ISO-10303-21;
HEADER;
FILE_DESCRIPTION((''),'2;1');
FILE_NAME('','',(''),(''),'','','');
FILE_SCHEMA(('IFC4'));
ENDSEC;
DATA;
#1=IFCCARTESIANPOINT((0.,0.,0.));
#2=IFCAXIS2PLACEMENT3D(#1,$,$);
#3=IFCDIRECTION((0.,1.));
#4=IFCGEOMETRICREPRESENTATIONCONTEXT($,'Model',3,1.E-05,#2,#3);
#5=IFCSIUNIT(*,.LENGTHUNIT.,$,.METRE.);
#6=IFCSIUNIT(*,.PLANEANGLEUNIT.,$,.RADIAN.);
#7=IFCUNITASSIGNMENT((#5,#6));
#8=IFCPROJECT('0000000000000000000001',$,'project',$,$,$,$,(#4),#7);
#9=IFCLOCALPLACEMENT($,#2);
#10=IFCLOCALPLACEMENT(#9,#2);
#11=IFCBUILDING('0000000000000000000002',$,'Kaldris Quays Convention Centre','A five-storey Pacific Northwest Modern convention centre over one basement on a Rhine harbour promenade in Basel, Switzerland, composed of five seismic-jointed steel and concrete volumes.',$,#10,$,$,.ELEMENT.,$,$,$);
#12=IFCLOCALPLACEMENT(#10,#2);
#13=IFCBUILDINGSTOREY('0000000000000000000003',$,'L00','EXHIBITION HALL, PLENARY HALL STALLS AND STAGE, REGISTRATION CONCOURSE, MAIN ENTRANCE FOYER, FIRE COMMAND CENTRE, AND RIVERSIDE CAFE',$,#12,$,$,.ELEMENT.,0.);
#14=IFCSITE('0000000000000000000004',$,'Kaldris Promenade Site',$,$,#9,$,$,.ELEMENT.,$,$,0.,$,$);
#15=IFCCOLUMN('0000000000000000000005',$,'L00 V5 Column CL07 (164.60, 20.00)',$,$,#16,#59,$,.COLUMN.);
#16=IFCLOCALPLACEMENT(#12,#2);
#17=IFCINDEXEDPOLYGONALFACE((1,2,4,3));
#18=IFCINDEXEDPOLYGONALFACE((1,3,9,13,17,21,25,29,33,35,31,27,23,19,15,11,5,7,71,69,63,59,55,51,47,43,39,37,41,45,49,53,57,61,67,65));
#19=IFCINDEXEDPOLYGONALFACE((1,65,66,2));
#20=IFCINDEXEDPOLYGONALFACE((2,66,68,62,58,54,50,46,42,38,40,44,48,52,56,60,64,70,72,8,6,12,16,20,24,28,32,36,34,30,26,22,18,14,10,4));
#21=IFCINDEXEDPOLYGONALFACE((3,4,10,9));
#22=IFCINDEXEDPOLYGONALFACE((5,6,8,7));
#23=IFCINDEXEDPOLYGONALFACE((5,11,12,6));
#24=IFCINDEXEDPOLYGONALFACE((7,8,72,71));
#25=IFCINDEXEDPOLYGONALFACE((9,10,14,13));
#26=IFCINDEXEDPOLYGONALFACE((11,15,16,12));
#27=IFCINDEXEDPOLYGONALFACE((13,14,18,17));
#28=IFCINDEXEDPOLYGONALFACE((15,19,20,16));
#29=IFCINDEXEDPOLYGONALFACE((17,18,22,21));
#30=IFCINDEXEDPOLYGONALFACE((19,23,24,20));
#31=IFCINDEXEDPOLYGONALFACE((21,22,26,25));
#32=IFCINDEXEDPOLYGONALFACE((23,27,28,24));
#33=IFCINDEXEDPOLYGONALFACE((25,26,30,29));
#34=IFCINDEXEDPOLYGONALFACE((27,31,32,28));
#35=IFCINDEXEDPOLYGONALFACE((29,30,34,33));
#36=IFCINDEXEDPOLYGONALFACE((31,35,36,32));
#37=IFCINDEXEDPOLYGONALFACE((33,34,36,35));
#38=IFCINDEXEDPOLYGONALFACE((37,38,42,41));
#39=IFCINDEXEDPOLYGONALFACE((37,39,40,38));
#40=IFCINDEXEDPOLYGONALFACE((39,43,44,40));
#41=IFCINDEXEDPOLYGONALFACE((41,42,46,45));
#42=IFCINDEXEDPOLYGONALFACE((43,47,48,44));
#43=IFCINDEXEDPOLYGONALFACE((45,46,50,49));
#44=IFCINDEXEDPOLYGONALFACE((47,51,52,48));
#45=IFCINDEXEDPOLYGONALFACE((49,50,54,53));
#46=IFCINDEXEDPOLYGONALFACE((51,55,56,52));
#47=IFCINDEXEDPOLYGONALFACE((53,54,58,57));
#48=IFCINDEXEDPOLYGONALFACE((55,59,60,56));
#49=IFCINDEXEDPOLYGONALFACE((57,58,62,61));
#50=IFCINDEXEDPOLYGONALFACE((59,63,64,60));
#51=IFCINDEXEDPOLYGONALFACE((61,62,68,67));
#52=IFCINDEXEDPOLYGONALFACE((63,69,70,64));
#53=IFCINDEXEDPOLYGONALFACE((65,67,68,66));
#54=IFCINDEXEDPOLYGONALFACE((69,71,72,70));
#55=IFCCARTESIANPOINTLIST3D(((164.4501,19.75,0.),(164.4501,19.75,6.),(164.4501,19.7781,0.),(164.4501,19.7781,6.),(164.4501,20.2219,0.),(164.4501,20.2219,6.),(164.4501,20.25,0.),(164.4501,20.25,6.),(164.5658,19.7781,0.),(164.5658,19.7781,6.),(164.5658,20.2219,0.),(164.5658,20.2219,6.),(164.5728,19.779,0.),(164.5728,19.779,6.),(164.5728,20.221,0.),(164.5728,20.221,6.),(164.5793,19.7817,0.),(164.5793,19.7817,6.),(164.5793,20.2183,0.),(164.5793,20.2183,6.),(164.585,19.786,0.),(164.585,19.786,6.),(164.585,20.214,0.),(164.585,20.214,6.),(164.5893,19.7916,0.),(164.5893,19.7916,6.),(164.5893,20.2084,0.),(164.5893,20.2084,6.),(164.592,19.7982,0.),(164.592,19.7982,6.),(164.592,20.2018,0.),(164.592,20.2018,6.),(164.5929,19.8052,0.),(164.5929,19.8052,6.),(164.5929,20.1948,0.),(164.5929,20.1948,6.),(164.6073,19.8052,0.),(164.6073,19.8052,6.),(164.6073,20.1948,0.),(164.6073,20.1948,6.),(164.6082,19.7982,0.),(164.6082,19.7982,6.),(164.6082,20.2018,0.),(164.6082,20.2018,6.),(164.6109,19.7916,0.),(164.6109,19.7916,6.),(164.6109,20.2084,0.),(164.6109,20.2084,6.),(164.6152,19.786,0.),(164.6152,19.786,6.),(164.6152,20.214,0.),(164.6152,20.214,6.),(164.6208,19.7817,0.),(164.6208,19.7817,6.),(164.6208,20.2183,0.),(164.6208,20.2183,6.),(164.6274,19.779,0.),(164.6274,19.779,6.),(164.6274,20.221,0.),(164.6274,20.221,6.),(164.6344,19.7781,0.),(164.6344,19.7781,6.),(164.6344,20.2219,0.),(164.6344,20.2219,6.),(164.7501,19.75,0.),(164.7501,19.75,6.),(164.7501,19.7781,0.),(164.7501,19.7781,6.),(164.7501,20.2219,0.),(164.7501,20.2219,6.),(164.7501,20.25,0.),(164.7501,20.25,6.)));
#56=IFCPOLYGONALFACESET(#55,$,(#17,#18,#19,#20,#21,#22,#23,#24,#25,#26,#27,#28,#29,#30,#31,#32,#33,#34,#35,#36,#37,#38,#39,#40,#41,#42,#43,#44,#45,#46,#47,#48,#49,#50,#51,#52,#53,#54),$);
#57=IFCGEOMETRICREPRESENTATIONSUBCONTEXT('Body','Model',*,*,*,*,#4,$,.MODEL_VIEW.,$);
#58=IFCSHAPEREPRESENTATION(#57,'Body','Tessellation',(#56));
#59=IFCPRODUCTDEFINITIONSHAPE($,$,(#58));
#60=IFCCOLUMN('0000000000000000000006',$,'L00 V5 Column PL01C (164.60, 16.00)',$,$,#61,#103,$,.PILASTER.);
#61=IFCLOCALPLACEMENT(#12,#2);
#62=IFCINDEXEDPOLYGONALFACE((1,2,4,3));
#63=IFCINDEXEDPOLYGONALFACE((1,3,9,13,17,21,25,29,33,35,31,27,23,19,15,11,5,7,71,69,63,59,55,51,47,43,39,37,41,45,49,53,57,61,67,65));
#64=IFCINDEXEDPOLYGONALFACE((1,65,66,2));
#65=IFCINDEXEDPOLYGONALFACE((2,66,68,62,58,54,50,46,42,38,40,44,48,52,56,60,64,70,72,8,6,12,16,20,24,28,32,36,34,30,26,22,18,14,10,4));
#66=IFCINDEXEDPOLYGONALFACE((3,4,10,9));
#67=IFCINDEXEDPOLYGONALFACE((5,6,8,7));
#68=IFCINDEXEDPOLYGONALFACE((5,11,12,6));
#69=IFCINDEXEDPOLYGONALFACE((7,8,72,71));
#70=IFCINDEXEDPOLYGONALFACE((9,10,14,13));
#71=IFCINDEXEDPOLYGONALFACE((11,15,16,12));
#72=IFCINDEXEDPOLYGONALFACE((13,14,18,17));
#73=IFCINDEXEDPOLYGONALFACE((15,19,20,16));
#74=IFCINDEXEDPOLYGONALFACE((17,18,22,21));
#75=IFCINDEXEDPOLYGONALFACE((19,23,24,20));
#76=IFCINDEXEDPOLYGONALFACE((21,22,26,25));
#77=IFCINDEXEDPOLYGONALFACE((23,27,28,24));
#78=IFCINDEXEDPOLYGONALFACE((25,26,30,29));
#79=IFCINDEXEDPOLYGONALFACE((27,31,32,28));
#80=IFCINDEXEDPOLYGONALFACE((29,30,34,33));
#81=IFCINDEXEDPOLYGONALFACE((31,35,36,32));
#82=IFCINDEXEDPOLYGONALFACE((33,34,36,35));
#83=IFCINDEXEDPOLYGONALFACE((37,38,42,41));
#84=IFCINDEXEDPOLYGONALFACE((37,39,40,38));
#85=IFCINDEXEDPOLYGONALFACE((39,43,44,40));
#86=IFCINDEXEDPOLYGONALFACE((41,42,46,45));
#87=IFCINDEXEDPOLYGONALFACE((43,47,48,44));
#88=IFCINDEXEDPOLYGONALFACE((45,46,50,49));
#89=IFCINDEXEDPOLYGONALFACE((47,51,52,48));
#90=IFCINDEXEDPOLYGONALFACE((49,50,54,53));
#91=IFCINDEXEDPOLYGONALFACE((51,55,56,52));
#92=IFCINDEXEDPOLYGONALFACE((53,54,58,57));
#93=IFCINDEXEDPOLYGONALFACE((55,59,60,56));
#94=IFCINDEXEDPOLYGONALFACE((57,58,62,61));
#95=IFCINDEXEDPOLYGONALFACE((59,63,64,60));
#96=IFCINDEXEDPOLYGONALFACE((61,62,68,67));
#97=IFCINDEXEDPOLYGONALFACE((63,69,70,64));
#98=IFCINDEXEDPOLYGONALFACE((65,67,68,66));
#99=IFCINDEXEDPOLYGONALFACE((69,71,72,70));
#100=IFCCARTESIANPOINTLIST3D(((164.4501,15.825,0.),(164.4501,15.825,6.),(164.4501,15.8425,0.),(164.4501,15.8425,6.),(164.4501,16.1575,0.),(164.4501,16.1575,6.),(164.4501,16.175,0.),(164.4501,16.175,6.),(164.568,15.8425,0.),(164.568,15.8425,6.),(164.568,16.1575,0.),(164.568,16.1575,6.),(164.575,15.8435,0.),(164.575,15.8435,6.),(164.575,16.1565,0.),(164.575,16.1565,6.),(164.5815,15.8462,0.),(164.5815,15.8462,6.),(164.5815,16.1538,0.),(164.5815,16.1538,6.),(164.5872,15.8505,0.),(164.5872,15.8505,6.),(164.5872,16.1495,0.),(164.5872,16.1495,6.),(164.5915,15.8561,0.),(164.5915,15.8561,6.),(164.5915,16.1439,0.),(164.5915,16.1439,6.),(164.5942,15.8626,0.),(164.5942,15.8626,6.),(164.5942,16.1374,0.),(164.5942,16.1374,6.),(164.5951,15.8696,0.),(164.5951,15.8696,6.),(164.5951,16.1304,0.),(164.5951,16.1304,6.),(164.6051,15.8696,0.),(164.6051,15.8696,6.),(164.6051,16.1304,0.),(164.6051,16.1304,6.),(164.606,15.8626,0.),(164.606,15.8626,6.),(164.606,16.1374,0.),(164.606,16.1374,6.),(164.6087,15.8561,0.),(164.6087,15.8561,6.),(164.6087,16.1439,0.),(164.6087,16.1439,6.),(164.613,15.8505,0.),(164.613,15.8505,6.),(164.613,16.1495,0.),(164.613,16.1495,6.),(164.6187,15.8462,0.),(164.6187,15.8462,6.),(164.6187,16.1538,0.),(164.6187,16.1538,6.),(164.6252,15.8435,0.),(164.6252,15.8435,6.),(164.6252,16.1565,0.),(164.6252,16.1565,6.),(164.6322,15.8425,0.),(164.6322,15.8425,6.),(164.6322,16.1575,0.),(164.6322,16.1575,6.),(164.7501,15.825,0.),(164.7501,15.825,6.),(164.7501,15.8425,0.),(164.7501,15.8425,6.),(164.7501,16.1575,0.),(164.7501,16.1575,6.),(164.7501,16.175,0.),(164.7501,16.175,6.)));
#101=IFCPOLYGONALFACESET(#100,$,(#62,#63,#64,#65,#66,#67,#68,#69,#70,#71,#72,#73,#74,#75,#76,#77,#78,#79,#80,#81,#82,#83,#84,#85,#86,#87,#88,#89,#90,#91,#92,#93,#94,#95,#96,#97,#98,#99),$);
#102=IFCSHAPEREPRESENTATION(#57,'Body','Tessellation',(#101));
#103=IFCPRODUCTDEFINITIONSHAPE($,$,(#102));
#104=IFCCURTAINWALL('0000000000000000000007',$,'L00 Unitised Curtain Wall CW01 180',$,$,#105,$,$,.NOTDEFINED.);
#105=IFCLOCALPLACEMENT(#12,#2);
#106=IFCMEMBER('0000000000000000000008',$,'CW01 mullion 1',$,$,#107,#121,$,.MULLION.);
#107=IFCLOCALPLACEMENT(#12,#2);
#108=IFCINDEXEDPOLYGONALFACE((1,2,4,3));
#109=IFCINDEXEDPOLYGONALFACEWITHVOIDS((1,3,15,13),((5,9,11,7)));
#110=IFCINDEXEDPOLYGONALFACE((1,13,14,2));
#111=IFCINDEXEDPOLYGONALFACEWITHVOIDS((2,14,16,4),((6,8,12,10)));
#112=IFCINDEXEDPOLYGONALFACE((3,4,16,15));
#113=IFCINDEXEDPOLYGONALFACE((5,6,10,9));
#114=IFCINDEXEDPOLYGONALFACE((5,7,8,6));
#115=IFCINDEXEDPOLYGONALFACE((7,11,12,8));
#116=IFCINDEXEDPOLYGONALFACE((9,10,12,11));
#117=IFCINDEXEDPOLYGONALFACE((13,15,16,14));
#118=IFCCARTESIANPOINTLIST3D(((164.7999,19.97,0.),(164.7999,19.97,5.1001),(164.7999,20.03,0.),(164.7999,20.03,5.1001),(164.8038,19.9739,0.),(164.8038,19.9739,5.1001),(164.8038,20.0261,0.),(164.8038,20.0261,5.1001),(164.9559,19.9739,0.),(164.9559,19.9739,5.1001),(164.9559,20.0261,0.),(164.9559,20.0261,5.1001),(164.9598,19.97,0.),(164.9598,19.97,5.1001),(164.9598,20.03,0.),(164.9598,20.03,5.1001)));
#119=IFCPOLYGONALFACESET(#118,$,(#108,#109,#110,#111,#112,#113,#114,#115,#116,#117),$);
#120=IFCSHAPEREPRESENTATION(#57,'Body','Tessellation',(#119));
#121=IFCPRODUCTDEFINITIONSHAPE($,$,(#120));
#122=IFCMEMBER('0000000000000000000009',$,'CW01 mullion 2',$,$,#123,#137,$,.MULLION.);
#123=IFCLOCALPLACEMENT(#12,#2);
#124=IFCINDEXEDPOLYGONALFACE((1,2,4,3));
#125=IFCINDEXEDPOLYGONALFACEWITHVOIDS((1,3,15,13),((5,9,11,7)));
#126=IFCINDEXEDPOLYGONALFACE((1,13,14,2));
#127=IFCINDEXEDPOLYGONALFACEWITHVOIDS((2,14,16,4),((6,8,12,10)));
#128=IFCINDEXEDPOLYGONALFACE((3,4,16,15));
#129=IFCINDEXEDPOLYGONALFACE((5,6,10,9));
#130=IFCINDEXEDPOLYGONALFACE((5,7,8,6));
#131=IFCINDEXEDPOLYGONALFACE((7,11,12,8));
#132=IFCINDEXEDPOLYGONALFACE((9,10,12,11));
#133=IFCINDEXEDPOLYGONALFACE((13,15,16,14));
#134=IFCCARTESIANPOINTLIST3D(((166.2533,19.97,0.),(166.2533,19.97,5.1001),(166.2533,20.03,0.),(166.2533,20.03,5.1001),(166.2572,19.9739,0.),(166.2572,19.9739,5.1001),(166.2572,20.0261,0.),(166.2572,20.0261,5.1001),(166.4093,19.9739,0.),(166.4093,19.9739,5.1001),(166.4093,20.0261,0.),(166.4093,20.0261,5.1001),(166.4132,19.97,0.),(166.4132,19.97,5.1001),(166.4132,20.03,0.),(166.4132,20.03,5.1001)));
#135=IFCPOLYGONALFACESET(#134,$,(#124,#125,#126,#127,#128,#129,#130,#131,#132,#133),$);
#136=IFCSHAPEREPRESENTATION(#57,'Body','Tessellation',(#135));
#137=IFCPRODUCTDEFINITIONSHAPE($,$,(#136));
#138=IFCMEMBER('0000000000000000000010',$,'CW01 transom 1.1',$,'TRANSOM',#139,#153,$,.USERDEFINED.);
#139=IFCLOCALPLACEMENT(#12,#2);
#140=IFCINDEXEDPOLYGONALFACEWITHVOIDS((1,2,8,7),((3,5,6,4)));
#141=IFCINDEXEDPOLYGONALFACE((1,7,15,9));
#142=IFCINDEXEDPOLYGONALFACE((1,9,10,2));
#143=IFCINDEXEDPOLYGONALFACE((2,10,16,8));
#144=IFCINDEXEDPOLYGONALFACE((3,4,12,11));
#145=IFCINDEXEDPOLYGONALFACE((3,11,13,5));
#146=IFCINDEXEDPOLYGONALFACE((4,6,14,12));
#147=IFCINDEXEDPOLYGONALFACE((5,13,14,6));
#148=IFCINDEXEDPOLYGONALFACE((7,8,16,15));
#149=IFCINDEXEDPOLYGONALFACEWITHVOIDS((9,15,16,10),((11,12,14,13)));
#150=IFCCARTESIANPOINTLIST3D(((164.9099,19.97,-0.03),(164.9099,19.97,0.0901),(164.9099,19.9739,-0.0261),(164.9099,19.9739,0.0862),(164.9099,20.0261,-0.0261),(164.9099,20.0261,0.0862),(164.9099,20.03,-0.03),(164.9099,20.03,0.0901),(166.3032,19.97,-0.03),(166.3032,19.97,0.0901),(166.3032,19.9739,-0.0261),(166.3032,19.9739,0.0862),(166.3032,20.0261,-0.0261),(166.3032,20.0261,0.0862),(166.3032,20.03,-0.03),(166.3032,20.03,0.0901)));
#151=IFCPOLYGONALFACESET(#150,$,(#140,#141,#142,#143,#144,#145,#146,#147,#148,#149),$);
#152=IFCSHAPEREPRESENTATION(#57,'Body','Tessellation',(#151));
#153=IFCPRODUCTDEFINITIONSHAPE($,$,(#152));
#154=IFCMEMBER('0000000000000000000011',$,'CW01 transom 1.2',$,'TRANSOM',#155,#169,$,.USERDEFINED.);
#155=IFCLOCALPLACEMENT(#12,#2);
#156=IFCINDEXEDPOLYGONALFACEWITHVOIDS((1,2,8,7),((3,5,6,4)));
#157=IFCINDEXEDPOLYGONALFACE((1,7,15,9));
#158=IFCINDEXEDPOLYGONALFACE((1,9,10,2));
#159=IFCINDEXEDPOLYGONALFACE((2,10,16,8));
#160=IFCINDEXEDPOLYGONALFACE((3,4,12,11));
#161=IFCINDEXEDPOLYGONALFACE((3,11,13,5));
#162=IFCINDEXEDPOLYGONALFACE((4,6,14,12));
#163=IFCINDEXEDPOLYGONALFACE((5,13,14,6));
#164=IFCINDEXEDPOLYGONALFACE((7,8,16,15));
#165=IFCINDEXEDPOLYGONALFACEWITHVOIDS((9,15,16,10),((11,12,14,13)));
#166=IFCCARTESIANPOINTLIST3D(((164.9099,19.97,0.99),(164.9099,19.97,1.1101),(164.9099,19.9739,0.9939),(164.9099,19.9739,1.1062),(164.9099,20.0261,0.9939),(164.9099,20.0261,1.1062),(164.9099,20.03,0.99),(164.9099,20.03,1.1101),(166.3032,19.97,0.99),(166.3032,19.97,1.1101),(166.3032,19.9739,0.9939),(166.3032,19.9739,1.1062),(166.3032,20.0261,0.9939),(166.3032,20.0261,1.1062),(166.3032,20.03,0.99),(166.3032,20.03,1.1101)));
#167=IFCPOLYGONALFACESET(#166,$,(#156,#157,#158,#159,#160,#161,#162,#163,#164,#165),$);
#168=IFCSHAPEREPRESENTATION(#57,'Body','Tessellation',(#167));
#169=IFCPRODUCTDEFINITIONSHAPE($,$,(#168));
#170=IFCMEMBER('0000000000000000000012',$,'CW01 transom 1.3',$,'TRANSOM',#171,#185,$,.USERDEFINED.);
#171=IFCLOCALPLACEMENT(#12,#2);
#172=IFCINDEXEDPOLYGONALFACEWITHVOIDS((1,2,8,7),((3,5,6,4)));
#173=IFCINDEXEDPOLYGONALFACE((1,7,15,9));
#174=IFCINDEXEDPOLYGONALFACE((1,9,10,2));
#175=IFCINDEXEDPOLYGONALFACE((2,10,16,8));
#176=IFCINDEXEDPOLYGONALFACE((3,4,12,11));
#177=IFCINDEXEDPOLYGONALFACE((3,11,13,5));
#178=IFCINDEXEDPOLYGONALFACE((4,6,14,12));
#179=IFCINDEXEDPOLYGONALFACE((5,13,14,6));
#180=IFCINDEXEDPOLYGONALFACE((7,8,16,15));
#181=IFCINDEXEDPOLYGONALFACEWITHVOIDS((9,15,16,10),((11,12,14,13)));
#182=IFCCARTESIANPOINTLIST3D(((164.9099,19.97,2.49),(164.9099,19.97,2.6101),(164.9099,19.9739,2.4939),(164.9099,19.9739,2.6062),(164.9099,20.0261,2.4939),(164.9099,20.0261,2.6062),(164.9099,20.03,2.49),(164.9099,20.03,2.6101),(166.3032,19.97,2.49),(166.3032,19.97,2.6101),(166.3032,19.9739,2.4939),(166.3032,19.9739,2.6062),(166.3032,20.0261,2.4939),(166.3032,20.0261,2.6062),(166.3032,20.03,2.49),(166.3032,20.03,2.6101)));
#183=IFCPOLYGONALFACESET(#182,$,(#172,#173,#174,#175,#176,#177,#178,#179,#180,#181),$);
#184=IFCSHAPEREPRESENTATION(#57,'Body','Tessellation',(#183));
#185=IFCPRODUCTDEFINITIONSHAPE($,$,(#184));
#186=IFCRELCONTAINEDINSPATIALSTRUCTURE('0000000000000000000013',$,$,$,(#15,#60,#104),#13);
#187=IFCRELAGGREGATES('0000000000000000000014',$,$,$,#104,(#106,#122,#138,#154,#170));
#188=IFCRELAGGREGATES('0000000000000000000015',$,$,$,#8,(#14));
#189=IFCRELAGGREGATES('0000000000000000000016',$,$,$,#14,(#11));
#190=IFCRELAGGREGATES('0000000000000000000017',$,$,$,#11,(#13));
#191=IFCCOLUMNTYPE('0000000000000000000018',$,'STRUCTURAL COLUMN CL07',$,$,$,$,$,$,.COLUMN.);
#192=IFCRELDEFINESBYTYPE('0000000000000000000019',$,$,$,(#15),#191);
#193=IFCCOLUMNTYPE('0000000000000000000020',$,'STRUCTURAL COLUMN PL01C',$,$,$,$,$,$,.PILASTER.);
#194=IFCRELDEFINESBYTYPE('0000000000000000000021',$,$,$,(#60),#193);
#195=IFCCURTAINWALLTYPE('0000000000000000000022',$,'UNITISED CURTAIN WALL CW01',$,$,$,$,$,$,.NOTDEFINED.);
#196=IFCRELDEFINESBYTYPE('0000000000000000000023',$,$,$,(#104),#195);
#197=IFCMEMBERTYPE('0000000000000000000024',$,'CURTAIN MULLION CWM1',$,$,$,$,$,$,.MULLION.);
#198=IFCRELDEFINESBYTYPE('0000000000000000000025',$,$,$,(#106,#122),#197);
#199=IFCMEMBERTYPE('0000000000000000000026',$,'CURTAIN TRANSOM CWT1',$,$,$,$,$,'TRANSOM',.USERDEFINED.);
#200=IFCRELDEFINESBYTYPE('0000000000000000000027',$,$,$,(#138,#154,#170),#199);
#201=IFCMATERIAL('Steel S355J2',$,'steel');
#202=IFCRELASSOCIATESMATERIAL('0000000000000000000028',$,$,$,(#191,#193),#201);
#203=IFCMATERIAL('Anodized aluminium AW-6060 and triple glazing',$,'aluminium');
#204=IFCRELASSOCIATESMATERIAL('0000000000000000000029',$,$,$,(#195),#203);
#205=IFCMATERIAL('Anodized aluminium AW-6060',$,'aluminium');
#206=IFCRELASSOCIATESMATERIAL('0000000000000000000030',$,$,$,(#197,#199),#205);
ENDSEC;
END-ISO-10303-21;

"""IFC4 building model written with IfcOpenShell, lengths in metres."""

from ifc_helpers import new_model, si_unit, direction, frame, origin, origin_2d, place, context, subcontext, project, spatial, hollow_rectangle, i_section, extrude, material, material_profile, profile_set, type_object, element, aggregate, save


model = new_model("IFC4")

# Units and contexts
model_context = context("Model", 3, precision=1e-05, world=origin(), true_north=direction((0.0, 1.0)))
body_context = subcontext(model_context, "Body", "Model", "MODEL_VIEW")
ifc_project = project(units=[si_unit("LENGTHUNIT", "METRE"), si_unit("PLANEANGLEUNIT", "RADIAN")], contexts=[model_context])

# Site, building, storey
site_placement = place(None, origin())
site = spatial("IfcSite", under=ifc_project, at=site_placement, Name="Kaldris Promenade Site", CompositionType="ELEMENT", RefElevation=0.0)
building_placement = place(site_placement, origin())
building = spatial("IfcBuilding", under=site, at=building_placement, Name="Kaldris Quays Convention Centre", Description="A five-storey Pacific Northwest Modern convention centre over one basement on a Rhine harbour promenade in Basel, Switzerland, composed of five seismic-jointed steel and concrete volumes.", CompositionType="ELEMENT")
storey_placement = place(building_placement, origin())
storey = spatial("IfcBuildingStorey", under=building, at=storey_placement, Name="L00", Description="EXHIBITION HALL, PLENARY HALL STALLS AND STAGE, REGISTRATION CONCOURSE, MAIN ENTRANCE FOYER, FIRE COMMAND CENTRE, AND RIVERSIDE CAFE", CompositionType="ELEMENT", Elevation=0.0)

# Columns
ifc_material_1 = material(Name="Steel S355J2", Category="steel")
ifc_material_profile_1 = material_profile(ifc_material_1, i_section(OverallWidth=0.3, OverallDepth=0.5, WebThickness=0.0144, FlangeThickness=0.0281, FilletRadius=0.0271, at=origin_2d()), Name="HEB 500")
ifc_profile_set_1 = profile_set([ifc_material_profile_1], Name="Steel S355J2")
column_type_1 = type_object("IfcColumnType", Name="STRUCTURAL COLUMN CL07", PredefinedType="COLUMN", material=ifc_profile_set_1)
column_1_placement = place(storey_placement, frame((164.6001, 20.0, 0.0), z_axis=(0.0, 0.0, 1.0), x_axis=(1.0, 0.0, 0.0)))
element("IfcColumn", 1, at=column_1_placement, inside=storey, type_object=column_type_1, Name="L00 V5 Column CL07 (164.60, 20.00)", PredefinedType="COLUMN", context=body_context, shape_type="SweptSolid", body=[
    extrude(i_section(OverallWidth=0.3, OverallDepth=0.5, WebThickness=0.0144, FlangeThickness=0.0281, FilletRadius=0.0271, at=origin_2d()), origin(), (0.0, 0.0, 1.0), 6.0),
])
ifc_material_profile_2 = material_profile(ifc_material_1, i_section(OverallWidth=0.3, OverallDepth=0.3501, WebThickness=0.01, FlangeThickness=0.0176, FilletRadius=0.0271, at=origin_2d()), Name="HEA 360")
ifc_profile_set_2 = profile_set([ifc_material_profile_2], Name="Steel S355J2")
column_type_2 = type_object("IfcColumnType", Name="STRUCTURAL COLUMN PL01C", PredefinedType="PILASTER", material=ifc_profile_set_2)
column_2_placement = place(storey_placement, frame((164.6001, 16.0, 0.0), z_axis=(0.0, 0.0, 1.0), x_axis=(1.0, 0.0, 0.0)))
element("IfcColumn", 2, at=column_2_placement, inside=storey, type_object=column_type_2, Name="L00 V5 Column PL01C (164.60, 16.00)", PredefinedType="PILASTER", context=body_context, shape_type="SweptSolid", body=[
    extrude(i_section(OverallWidth=0.3, OverallDepth=0.3501, WebThickness=0.01, FlangeThickness=0.0176, FilletRadius=0.0271, at=origin_2d()), origin(), (0.0, 0.0, 1.0), 6.0),
])

# Curtain wall, members
ifc_material_2 = material(Name="Anodized aluminium AW-6060 and triple glazing", Category="aluminium")
curtain_wall_type = type_object("IfcCurtainWallType", Name="UNITISED CURTAIN WALL CW01", PredefinedType="NOTDEFINED", material=ifc_material_2)
curtain_wall_placement = place(storey_placement, origin())
curtain_wall = element("IfcCurtainWall", 3, at=curtain_wall_placement, inside=storey, type_object=curtain_wall_type, Name="L00 Unitised Curtain Wall CW01 180", PredefinedType="NOTDEFINED")
ifc_material_3 = material(Name="Anodized aluminium AW-6060", Category="aluminium")
ifc_material_profile_3 = material_profile(ifc_material_3, hollow_rectangle(XDim=0.0601, YDim=0.1599, WallThickness=0.0039, at=origin_2d()), Name="RHS 160x60x4")
ifc_profile_set_3 = profile_set([ifc_material_profile_3], Name="Anodized aluminium AW-6060")
member_type_1 = type_object("IfcMemberType", Name="CURTAIN MULLION CWM1", PredefinedType="MULLION", material=ifc_profile_set_3)
member_1_placement = place(storey_placement, frame((164.8799, 20.0, 0.0), z_axis=(0.0, 0.0, 1.0), x_axis=(0.0, 1.0, 0.0)))
member_1 = element("IfcMember", 4, at=member_1_placement, type_object=member_type_1, Name="CW01 mullion 1", PredefinedType="MULLION", context=body_context, shape_type="SweptSolid", body=[
    extrude(hollow_rectangle(XDim=0.0601, YDim=0.1599, WallThickness=0.0039, at=origin_2d()), origin(), (0.0, 0.0, 1.0), 5.1001),
])
member_2_placement = place(storey_placement, frame((166.3333, 20.0, 0.0), z_axis=(0.0, 0.0, 1.0), x_axis=(0.0, 1.0, 0.0)))
member_2 = element("IfcMember", 5, at=member_2_placement, type_object=member_type_1, Name="CW01 mullion 2", PredefinedType="MULLION", context=body_context, shape_type="SweptSolid", body=[
    extrude(hollow_rectangle(XDim=0.0601, YDim=0.1599, WallThickness=0.0039, at=origin_2d()), origin(), (0.0, 0.0, 1.0), 5.1001),
])
ifc_material_profile_4 = material_profile(ifc_material_3, hollow_rectangle(XDim=0.0601, YDim=0.1201, WallThickness=0.0039, at=origin_2d()), Name="RHS 120x60x4")
ifc_profile_set_4 = profile_set([ifc_material_profile_4], Name="Anodized aluminium AW-6060")
member_type_2 = type_object("IfcMemberType", Name="CURTAIN TRANSOM CWT1", ElementType="TRANSOM", PredefinedType="USERDEFINED", material=ifc_profile_set_4)
member_3_placement = place(storey_placement, frame((164.9099, 20.0, 0.03), z_axis=(1.0, 0.0, 0.0), x_axis=(0.0, 1.0, 0.0)))
member_3 = element("IfcMember", 6, at=member_3_placement, type_object=member_type_2, Name="CW01 transom 1.1", ObjectType="TRANSOM", PredefinedType="USERDEFINED", context=body_context, shape_type="SweptSolid", body=[
    extrude(hollow_rectangle(XDim=0.0601, YDim=0.1201, WallThickness=0.0039, at=origin_2d()), origin(), (0.0, 0.0, 1.0), 1.3933),
])
member_4_placement = place(storey_placement, frame((164.9099, 20.0, 1.05), z_axis=(1.0, 0.0, 0.0), x_axis=(0.0, 1.0, 0.0)))
member_4 = element("IfcMember", 7, at=member_4_placement, type_object=member_type_2, Name="CW01 transom 1.2", ObjectType="TRANSOM", PredefinedType="USERDEFINED", context=body_context, shape_type="SweptSolid", body=[
    extrude(hollow_rectangle(XDim=0.0601, YDim=0.1201, WallThickness=0.0039, at=origin_2d()), origin(), (0.0, 0.0, 1.0), 1.3933),
])
member_5_placement = place(storey_placement, frame((164.9099, 20.0, 2.55), z_axis=(1.0, 0.0, 0.0), x_axis=(0.0, 1.0, 0.0)))
member_5 = element("IfcMember", 8, at=member_5_placement, type_object=member_type_2, Name="CW01 transom 1.3", ObjectType="TRANSOM", PredefinedType="USERDEFINED", context=body_context, shape_type="SweptSolid", body=[
    extrude(hollow_rectangle(XDim=0.0601, YDim=0.1201, WallThickness=0.0039, at=origin_2d()), origin(), (0.0, 0.0, 1.0), 1.3933),
])

aggregate(curtain_wall, [member_1, member_2, member_3, member_4, member_5])

save(model, "model.ifc")
